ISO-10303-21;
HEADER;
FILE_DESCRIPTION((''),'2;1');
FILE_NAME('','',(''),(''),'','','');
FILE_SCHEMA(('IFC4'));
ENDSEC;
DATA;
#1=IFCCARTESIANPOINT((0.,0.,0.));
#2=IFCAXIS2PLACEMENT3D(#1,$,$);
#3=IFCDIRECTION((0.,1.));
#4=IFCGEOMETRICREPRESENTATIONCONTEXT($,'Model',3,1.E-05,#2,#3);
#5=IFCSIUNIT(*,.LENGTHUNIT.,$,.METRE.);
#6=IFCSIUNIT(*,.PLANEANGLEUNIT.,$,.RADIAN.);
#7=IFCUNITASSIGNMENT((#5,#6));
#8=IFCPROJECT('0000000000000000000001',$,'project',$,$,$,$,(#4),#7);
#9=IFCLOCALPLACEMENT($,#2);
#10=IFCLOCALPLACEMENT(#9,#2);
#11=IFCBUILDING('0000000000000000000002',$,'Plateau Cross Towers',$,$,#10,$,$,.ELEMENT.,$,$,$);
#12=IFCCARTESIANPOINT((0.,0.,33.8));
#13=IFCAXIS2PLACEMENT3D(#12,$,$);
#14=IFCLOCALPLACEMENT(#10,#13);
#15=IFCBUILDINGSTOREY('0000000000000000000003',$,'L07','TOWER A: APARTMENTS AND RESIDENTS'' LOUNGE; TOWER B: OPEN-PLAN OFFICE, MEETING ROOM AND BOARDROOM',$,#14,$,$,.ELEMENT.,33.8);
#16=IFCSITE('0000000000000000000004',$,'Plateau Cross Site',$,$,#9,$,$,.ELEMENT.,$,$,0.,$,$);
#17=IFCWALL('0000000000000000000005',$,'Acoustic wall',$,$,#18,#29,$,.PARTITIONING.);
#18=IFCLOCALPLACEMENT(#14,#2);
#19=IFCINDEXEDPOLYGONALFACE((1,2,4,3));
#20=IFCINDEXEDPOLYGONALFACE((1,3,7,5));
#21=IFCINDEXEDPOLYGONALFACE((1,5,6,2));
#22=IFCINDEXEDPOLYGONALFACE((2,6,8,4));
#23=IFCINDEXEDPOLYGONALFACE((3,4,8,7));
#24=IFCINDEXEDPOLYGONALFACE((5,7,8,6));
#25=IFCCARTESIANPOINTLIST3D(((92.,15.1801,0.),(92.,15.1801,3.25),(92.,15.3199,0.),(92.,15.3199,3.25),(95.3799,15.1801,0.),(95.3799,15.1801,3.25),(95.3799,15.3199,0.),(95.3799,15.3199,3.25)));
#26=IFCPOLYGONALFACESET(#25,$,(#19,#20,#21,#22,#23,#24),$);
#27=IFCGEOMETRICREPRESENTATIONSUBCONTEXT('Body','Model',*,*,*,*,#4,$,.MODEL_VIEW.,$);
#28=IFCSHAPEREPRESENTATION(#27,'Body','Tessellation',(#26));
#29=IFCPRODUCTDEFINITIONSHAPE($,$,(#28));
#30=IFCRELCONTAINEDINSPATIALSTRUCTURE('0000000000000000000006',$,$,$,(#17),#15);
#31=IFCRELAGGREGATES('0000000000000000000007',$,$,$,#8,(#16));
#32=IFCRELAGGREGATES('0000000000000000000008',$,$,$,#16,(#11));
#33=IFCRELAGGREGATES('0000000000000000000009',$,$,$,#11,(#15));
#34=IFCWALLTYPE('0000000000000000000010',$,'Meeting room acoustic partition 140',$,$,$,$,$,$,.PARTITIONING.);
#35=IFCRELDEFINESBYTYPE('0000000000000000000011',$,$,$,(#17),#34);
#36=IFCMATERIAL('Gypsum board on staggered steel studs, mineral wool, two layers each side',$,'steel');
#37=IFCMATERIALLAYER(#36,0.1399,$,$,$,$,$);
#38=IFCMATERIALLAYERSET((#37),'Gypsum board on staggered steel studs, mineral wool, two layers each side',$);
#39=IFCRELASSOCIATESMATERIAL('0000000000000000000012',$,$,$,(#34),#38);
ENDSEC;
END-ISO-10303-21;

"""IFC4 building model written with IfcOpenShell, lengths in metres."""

from ifc_helpers import new_model, si_unit, direction, frame, frame_2d, origin, place, context, subcontext, project, spatial, rectangle, extrude, material, layer, layer_set, type_object, element, save


model = new_model("IFC4")

# Units and contexts
model_context = context("Model", 3, precision=1e-05, world=origin(), true_north=direction((0.0, 1.0)))
body_context = subcontext(model_context, "Body", "Model", "MODEL_VIEW")
ifc_project = project(units=[si_unit("LENGTHUNIT", "METRE"), si_unit("PLANEANGLEUNIT", "RADIAN")], contexts=[model_context])

# Site, building, storey
site_placement = place(None, origin())
site = spatial("IfcSite", under=ifc_project, at=site_placement, Name="Plateau Cross Site", CompositionType="ELEMENT", RefElevation=0.0)
building_placement = place(site_placement, origin())
building = spatial("IfcBuilding", under=site, at=building_placement, Name="Plateau Cross Towers", CompositionType="ELEMENT")
storey_placement = place(building_placement, frame((0.0, 0.0, 33.8)))
storey = spatial("IfcBuildingStorey", under=building, at=storey_placement, Name="L07", Description="TOWER A: APARTMENTS AND RESIDENTS' LOUNGE; TOWER B: OPEN-PLAN OFFICE, MEETING ROOM AND BOARDROOM", CompositionType="ELEMENT", Elevation=33.8)

# Wall
ifc_material_1 = material(Name="Gypsum board on staggered steel studs, mineral wool, two layers each side", Category="steel")
ifc_layer_1 = layer(ifc_material_1, 0.1399)
ifc_layer_set_1 = layer_set([ifc_layer_1], Name="Gypsum board on staggered steel studs, mineral wool, two layers each side")
wall_type_1 = type_object("IfcWallType", Name="Meeting room acoustic partition 140", PredefinedType="PARTITIONING", material=ifc_layer_set_1)
wall_1_placement = place(storey_placement, frame((92.0, 15.25, 0.0), z_axis=(0.0, 0.0, 1.0), x_axis=(1.0, 0.0, 0.0)))
element("IfcWall", 1, at=wall_1_placement, inside=storey, type_object=wall_type_1, Name="Acoustic wall", PredefinedType="PARTITIONING", context=body_context, shape_type="SweptSolid", body=[
    extrude(rectangle(XDim=3.3799, YDim=0.1399, at=frame_2d((1.6899, 0.0))), origin(), (0.0, 0.0, 1.0), 3.25),
])

save(model, "model.ifc")
